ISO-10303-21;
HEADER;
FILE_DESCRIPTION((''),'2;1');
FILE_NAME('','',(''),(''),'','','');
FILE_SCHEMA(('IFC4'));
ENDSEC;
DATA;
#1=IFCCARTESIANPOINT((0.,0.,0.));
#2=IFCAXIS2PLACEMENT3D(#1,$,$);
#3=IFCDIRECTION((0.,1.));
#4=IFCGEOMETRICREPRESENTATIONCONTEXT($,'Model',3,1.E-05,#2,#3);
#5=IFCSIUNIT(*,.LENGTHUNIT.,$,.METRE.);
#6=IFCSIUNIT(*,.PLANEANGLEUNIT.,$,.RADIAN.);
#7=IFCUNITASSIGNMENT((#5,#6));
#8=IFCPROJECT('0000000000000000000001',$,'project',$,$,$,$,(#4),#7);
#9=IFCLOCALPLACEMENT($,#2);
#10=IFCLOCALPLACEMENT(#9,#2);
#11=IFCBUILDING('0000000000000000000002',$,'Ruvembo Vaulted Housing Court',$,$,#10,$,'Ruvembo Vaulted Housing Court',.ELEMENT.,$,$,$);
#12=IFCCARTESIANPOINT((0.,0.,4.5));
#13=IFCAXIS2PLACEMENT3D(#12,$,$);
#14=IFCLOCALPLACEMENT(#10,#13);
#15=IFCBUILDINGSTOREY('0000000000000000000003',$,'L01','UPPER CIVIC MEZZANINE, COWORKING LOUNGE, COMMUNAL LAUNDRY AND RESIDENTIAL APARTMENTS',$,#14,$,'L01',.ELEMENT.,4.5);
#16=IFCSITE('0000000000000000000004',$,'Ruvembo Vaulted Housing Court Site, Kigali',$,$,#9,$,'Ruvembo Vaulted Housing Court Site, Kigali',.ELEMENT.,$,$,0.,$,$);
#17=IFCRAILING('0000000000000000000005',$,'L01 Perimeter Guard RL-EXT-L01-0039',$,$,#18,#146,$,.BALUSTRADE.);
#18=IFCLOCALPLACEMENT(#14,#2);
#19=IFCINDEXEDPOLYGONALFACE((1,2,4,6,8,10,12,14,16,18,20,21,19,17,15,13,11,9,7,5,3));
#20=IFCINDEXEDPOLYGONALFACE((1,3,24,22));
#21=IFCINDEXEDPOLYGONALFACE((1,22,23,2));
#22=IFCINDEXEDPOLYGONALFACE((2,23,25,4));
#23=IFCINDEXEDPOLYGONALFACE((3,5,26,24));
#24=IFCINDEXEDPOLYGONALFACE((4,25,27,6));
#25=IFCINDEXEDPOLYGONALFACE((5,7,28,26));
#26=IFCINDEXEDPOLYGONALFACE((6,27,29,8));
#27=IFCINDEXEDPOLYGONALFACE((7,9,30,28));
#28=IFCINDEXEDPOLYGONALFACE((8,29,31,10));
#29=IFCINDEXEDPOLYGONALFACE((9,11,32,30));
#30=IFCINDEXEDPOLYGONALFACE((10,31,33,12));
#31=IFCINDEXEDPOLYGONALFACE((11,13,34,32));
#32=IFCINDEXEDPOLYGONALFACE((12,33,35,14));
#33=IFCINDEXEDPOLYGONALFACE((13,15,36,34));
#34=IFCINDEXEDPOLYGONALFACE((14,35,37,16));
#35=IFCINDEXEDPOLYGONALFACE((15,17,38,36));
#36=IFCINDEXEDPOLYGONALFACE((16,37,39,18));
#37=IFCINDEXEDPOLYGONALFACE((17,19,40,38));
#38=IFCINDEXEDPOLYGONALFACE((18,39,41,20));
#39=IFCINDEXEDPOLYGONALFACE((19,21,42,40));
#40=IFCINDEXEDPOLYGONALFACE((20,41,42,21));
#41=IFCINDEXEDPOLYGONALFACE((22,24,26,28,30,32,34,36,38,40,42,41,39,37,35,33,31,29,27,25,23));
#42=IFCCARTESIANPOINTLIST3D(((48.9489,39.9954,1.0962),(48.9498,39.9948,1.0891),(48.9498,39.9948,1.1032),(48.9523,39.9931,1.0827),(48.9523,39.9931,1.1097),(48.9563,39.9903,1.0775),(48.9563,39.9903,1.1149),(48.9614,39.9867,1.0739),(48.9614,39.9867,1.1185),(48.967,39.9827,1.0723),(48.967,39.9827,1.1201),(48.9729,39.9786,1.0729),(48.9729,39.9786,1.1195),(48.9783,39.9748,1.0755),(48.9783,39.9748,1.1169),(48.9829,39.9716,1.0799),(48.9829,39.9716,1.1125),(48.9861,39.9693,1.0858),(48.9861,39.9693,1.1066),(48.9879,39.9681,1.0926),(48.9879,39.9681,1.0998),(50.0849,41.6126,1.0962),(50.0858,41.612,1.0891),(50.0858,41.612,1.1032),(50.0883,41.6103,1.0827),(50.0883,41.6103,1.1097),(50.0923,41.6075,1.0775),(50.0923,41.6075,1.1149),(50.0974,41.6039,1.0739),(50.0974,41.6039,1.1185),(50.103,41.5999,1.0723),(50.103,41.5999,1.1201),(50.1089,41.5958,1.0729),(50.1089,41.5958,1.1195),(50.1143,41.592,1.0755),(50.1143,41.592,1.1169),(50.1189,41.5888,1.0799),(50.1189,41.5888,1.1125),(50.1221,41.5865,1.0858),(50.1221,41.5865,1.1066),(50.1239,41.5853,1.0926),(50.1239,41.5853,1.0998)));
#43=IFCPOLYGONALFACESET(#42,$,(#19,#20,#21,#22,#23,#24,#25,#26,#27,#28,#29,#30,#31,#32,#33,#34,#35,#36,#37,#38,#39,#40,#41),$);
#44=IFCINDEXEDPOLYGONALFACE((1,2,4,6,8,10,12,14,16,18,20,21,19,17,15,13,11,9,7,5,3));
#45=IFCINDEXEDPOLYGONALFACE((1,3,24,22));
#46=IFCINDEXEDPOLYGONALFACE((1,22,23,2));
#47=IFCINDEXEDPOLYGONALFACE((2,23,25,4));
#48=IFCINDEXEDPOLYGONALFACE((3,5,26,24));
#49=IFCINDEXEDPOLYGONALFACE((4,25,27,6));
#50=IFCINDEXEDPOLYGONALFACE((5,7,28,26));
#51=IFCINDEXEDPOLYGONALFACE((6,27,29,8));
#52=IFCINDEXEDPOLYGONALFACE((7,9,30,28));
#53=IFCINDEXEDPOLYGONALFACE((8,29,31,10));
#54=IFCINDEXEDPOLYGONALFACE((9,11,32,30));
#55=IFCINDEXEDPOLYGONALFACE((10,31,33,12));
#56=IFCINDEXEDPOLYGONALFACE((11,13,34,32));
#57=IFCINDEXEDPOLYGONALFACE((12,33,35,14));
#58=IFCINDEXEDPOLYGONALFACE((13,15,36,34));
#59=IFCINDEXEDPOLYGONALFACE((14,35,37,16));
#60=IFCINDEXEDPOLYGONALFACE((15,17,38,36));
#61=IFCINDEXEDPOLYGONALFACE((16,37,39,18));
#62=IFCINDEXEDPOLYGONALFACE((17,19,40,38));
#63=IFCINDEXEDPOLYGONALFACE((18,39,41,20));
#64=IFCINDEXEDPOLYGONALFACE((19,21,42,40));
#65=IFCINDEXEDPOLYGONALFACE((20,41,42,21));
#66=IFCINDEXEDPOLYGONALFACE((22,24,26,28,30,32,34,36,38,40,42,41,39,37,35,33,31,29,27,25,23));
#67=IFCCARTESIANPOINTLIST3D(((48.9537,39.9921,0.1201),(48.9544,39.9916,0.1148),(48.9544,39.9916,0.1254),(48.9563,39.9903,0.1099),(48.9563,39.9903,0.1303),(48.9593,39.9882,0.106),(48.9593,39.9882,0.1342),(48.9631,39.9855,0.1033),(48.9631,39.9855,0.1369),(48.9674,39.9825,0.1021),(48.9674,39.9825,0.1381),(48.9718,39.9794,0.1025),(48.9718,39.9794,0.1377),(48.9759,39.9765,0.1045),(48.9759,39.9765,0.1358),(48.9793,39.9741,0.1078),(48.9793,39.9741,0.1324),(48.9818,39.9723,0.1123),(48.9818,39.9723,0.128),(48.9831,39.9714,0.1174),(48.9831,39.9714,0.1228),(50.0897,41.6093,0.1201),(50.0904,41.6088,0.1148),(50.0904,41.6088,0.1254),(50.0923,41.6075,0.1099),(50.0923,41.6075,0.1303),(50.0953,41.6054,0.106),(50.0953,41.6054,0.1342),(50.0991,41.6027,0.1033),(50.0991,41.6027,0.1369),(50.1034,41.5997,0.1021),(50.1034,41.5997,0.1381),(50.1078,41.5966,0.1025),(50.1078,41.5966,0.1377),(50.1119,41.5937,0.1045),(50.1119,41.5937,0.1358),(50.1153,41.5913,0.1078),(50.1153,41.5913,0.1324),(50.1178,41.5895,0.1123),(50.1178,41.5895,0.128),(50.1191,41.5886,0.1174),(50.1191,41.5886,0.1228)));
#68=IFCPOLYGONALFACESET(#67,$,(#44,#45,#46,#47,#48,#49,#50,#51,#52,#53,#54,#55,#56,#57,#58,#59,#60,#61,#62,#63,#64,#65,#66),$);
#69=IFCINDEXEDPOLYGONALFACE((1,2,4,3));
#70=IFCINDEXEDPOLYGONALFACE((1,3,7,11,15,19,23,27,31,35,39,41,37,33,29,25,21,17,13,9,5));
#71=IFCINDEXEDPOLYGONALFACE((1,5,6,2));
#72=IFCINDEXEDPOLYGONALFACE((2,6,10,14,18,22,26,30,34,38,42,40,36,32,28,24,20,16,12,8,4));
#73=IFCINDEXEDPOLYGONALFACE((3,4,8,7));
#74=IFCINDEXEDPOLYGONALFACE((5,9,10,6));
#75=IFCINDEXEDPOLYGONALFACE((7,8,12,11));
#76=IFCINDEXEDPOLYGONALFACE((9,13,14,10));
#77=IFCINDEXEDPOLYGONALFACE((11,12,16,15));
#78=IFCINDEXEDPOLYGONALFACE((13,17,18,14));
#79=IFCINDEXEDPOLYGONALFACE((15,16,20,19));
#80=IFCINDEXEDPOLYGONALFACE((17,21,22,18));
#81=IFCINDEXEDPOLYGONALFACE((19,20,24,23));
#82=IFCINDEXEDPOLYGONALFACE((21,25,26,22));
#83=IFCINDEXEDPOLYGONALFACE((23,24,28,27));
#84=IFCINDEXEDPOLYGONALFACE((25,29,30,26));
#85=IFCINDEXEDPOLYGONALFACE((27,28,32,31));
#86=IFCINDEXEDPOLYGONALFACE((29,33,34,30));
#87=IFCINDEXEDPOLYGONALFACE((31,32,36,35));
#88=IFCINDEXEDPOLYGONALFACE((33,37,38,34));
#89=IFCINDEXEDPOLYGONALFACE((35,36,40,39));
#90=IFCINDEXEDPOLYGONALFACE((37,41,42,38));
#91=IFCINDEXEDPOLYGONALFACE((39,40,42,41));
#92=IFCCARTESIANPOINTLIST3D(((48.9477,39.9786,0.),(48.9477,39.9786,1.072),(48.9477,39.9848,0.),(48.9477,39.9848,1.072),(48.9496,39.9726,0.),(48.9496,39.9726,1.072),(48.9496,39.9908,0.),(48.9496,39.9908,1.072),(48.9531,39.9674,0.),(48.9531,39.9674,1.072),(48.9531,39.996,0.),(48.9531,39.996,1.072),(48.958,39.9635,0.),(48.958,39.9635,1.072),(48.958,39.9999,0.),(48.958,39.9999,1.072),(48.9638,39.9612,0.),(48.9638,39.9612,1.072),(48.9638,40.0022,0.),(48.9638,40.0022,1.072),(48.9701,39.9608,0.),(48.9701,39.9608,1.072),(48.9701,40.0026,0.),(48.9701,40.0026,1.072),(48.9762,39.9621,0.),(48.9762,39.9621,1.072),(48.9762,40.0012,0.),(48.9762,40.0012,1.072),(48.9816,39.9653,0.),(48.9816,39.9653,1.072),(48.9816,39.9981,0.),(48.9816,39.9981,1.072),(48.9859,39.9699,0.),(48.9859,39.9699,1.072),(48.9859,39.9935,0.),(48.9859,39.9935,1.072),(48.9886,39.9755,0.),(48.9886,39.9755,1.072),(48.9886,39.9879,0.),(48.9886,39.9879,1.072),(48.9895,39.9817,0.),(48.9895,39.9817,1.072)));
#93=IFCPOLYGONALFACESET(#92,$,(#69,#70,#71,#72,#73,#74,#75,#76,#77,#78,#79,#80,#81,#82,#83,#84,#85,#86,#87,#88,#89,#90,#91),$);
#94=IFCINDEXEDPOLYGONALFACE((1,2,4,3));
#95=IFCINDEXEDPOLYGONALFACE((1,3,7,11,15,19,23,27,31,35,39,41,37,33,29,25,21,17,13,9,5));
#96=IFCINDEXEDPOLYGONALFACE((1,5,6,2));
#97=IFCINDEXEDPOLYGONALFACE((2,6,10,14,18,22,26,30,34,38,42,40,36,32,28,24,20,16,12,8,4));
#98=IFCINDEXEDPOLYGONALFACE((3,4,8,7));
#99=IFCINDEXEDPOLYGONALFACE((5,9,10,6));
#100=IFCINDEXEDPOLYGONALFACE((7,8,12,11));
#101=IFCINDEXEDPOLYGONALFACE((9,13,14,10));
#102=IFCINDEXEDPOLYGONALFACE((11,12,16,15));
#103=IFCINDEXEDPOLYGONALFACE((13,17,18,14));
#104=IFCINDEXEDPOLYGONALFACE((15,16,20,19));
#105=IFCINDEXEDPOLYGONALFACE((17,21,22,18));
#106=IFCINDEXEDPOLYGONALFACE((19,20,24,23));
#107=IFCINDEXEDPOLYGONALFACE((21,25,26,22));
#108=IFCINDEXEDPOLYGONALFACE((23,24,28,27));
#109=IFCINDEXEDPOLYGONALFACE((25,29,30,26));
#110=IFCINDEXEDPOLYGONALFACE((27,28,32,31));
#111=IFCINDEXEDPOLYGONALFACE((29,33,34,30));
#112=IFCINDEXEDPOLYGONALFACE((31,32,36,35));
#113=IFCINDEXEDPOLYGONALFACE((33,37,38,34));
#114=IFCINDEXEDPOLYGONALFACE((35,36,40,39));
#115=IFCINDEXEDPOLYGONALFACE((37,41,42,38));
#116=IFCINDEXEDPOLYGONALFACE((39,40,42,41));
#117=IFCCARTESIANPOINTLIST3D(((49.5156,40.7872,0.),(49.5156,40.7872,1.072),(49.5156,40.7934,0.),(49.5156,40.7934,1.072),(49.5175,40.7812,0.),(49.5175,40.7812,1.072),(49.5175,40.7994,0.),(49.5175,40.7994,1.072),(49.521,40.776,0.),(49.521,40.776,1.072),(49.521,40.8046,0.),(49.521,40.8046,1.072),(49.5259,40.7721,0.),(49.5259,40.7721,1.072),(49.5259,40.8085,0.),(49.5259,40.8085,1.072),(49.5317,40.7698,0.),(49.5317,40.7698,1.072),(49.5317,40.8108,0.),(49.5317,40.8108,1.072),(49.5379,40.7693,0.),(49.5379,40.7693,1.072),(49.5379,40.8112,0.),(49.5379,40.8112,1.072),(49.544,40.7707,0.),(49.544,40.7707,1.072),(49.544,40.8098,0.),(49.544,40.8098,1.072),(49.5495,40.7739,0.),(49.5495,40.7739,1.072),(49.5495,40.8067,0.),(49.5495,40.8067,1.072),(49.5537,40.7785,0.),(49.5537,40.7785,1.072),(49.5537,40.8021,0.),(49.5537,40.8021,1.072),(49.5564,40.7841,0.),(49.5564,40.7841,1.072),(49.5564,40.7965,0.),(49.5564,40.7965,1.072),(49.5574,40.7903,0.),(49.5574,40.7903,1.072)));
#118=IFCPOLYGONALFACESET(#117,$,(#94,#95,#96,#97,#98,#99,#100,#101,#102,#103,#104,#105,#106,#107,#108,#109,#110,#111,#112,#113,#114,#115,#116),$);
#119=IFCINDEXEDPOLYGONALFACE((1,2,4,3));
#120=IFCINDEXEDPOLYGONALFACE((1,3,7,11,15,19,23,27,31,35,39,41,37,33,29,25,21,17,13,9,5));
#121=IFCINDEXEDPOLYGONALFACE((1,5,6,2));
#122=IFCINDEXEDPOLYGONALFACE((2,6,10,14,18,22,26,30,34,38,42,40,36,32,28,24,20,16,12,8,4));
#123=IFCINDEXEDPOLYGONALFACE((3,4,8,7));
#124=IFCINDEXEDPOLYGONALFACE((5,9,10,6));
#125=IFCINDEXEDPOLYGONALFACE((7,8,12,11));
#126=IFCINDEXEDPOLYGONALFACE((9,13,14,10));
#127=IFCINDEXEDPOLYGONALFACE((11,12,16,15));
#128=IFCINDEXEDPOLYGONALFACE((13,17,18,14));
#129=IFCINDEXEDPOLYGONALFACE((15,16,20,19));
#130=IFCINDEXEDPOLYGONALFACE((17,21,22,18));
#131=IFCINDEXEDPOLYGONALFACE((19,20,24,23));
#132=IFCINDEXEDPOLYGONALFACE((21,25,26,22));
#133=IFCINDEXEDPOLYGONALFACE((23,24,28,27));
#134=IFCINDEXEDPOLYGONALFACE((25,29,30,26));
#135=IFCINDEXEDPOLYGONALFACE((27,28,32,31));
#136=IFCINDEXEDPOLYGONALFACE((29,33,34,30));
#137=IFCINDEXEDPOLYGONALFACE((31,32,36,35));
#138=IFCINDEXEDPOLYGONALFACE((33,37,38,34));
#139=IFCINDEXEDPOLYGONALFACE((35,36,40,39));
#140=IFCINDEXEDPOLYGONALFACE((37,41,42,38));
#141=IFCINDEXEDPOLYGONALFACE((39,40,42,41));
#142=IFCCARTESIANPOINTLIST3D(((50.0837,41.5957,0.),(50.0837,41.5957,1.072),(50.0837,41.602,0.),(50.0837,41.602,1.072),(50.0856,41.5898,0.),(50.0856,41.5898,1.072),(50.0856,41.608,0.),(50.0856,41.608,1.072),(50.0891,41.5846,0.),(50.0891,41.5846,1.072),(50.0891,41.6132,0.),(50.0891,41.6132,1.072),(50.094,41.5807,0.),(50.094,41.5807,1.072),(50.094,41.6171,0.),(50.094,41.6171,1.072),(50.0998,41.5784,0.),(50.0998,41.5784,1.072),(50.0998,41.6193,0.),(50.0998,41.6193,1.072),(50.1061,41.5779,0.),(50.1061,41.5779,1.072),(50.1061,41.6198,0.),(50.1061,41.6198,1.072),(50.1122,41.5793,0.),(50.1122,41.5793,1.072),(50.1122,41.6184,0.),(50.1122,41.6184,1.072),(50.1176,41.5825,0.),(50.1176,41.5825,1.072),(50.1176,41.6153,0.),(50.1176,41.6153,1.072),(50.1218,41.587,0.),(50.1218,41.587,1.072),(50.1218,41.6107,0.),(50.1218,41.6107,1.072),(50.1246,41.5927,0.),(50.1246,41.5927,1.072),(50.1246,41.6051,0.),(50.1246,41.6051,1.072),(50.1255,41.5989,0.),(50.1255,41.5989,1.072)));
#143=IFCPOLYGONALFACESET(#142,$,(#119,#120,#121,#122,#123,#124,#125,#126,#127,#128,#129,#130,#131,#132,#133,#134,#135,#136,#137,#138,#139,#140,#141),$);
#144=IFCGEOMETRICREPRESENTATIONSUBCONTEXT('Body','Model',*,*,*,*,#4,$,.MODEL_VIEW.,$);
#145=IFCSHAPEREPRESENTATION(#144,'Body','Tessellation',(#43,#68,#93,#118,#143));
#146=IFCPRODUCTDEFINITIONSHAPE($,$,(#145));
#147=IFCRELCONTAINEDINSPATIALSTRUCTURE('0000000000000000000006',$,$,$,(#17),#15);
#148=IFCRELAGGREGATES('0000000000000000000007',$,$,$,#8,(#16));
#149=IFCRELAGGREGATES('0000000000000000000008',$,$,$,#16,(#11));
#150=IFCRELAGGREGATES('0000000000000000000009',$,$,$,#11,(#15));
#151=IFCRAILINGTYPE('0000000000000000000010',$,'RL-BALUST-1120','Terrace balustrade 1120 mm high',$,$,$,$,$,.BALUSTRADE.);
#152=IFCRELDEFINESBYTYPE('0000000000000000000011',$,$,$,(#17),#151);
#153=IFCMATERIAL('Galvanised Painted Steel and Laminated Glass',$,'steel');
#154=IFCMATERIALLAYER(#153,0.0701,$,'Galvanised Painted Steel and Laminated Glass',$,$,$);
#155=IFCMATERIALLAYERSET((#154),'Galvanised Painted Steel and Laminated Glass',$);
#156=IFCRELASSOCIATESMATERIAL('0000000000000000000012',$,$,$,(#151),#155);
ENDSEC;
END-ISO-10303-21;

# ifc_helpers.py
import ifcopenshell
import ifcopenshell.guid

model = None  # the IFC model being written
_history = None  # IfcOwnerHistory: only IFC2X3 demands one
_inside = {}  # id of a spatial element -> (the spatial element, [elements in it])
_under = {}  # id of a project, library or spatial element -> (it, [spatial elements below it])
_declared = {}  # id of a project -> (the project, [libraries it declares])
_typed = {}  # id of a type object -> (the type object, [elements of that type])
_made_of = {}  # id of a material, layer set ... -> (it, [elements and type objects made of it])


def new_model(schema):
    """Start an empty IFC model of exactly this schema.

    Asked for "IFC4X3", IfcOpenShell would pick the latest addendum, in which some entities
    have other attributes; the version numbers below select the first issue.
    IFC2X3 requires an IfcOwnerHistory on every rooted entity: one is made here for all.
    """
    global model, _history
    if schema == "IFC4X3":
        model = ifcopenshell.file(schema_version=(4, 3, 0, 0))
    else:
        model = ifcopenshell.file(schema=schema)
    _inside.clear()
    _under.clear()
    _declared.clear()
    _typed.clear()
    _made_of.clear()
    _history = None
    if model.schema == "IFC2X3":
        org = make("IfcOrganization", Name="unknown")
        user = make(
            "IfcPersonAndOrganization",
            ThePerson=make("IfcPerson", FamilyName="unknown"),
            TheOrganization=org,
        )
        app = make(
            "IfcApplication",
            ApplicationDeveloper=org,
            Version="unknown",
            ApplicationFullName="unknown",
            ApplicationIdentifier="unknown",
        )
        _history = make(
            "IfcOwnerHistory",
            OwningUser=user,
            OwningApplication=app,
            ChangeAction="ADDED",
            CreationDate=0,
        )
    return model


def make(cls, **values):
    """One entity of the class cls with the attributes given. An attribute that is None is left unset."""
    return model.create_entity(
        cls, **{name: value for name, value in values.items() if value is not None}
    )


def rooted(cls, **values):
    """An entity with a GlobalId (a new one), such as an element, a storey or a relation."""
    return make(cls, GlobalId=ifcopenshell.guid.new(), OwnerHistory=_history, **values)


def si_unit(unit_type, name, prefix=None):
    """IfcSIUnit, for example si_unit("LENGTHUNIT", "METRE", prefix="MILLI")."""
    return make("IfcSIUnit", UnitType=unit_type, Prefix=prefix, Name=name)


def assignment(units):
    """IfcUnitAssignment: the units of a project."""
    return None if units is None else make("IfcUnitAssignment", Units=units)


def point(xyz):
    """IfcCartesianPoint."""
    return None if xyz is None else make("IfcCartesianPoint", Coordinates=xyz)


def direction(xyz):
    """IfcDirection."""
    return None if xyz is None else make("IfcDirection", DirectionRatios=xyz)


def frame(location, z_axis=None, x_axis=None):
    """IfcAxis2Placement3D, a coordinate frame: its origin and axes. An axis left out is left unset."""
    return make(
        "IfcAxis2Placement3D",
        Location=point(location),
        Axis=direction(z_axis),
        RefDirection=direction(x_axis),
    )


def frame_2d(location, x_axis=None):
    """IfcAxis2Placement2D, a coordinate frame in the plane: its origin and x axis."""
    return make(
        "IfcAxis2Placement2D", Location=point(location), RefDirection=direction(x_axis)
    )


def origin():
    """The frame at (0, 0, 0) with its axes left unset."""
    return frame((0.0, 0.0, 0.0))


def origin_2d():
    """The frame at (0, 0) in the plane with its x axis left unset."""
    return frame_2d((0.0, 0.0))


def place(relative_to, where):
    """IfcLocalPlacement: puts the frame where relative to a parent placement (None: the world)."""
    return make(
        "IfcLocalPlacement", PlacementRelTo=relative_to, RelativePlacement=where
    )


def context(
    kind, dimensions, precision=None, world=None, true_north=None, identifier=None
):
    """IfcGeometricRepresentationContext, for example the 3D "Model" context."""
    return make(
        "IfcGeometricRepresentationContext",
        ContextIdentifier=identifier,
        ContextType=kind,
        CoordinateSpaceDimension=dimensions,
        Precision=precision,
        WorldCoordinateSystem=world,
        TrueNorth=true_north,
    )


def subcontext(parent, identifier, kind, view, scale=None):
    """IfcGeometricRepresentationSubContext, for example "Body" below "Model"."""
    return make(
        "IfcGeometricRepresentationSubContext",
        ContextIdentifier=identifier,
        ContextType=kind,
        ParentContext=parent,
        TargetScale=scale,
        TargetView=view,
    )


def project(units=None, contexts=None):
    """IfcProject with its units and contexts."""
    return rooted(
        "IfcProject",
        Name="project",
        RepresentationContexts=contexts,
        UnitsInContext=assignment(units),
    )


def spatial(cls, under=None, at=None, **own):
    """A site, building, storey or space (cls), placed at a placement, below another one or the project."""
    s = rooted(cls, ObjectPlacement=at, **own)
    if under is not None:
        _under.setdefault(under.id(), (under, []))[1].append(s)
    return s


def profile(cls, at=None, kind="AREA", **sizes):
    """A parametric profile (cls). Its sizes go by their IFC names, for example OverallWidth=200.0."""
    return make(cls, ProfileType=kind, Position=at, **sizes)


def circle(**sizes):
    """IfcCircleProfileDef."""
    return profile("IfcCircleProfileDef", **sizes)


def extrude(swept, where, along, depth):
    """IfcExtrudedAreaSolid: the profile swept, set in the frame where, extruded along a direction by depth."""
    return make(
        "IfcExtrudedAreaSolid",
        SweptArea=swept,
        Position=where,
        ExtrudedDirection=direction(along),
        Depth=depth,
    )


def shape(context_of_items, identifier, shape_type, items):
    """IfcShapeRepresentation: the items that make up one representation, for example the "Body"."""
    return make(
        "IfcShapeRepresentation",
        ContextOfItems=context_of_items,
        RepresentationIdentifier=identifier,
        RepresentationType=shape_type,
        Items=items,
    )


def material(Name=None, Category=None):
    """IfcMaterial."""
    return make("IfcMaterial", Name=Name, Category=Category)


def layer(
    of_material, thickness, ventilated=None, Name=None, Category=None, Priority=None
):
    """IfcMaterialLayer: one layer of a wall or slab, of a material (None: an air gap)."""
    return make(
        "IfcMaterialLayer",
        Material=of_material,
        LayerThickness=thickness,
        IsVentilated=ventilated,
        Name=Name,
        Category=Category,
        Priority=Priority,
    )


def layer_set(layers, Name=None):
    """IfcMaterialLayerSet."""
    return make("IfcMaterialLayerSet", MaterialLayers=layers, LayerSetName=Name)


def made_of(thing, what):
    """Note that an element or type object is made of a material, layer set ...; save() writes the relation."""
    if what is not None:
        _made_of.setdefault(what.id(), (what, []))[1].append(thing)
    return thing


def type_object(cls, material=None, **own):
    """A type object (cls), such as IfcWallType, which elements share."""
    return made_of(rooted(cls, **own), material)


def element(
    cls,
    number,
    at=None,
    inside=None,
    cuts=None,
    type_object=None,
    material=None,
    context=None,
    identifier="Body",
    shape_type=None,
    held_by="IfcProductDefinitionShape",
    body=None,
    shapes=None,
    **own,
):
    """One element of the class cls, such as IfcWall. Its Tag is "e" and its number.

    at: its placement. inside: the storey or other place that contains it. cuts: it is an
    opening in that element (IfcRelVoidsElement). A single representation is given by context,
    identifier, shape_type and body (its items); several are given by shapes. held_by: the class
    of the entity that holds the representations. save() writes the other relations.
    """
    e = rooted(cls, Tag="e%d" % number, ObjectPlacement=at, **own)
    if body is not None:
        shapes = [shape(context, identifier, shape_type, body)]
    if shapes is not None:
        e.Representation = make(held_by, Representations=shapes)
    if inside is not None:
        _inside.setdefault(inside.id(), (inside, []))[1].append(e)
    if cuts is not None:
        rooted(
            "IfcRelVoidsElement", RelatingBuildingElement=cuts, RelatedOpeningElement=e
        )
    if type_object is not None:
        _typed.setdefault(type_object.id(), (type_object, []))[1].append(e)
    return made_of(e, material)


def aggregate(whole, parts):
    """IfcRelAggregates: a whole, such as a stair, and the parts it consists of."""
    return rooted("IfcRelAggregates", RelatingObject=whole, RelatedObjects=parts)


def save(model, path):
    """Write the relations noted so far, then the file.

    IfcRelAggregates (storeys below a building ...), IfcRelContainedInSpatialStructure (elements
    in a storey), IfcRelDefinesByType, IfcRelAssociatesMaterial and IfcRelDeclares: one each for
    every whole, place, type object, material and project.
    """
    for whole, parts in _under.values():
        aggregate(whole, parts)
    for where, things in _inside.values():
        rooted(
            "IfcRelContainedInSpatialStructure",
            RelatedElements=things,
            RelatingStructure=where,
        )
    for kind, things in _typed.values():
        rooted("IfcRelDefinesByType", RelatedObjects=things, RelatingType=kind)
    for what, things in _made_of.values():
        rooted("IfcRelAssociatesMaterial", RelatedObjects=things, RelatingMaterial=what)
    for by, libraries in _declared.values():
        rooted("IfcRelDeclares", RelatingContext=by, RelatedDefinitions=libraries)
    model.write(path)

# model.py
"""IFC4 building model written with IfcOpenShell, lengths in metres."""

from ifc_helpers import new_model, si_unit, direction, frame, origin, origin_2d, place, context, subcontext, project, spatial, circle, extrude, material, layer, layer_set, type_object, element, save


model = new_model("IFC4")

# Units and contexts
model_context = context("Model", 3, precision=1e-05, world=origin(), true_north=direction((0.0, 1.0)))
body_context = subcontext(model_context, "Body", "Model", "MODEL_VIEW")
ifc_project = project(units=[si_unit("LENGTHUNIT", "METRE"), si_unit("PLANEANGLEUNIT", "RADIAN")], contexts=[model_context])

# Site, building, storey
site_placement = place(None, origin())
site = spatial("IfcSite", under=ifc_project, at=site_placement, Name="Ruvembo Vaulted Housing Court Site, Kigali", LongName="Ruvembo Vaulted Housing Court Site, Kigali", CompositionType="ELEMENT", RefElevation=0.0)
building_placement = place(site_placement, origin())
building = spatial("IfcBuilding", under=site, at=building_placement, Name="Ruvembo Vaulted Housing Court", LongName="Ruvembo Vaulted Housing Court", CompositionType="ELEMENT")
storey_placement = place(building_placement, frame((0.0, 0.0, 4.5)))
storey = spatial("IfcBuildingStorey", under=building, at=storey_placement, Name="L01", Description="UPPER CIVIC MEZZANINE, COWORKING LOUNGE, COMMUNAL LAUNDRY AND RESIDENTIAL APARTMENTS", LongName="L01", CompositionType="ELEMENT", Elevation=4.5)

# Railing
ifc_material_1 = material(Name="Galvanised Painted Steel and Laminated Glass", Category="steel")
ifc_layer_1 = layer(ifc_material_1, 0.0701, Name="Galvanised Painted Steel and Laminated Glass")
ifc_layer_set_1 = layer_set([ifc_layer_1], Name="Galvanised Painted Steel and Laminated Glass")
railing_type = type_object("IfcRailingType", Name="RL-BALUST-1120", Description="Terrace balustrade 1120 mm high", PredefinedType="BALUSTRADE", material=ifc_layer_set_1)
railing_1_placement = place(storey_placement, frame((48.9685, 39.9817, 0.0)))
element("IfcRailing", 1, at=railing_1_placement, inside=storey, type_object=railing_type, Name="L01 Perimeter Guard RL-EXT-L01-0039", PredefinedType="BALUSTRADE", context=body_context, shape_type="SweptSolid", body=[
    extrude(circle(Radius=0.0239, at=origin_2d()), frame((0.0, 0.0, 1.0962), z_axis=(0.574805, 0.818291, 0.0), x_axis=(-0.818291, 0.574805, 0.0)), (0.0, 0.0, 1.0), 1.9763),
    extrude(circle(Radius=0.0181, at=origin_2d()), frame((0.0, 0.0, 0.1201), z_axis=(0.574805, 0.818291, 0.0), x_axis=(-0.818291, 0.574805, 0.0)), (0.0, 0.0, 1.0), 1.9763),
    extrude(circle(Radius=0.021, at=origin_2d()), origin(), (0.0, 0.0, 1.0), 1.072),
    extrude(circle(Radius=0.021, at=origin_2d()), frame((0.5679, 0.8086, 0.0)), (0.0, 0.0, 1.0), 1.072),
    extrude(circle(Radius=0.021, at=origin_2d()), frame((1.136, 1.6172, 0.0)), (0.0, 0.0, 1.0), 1.072),
])

save(model, "model.ifc")
